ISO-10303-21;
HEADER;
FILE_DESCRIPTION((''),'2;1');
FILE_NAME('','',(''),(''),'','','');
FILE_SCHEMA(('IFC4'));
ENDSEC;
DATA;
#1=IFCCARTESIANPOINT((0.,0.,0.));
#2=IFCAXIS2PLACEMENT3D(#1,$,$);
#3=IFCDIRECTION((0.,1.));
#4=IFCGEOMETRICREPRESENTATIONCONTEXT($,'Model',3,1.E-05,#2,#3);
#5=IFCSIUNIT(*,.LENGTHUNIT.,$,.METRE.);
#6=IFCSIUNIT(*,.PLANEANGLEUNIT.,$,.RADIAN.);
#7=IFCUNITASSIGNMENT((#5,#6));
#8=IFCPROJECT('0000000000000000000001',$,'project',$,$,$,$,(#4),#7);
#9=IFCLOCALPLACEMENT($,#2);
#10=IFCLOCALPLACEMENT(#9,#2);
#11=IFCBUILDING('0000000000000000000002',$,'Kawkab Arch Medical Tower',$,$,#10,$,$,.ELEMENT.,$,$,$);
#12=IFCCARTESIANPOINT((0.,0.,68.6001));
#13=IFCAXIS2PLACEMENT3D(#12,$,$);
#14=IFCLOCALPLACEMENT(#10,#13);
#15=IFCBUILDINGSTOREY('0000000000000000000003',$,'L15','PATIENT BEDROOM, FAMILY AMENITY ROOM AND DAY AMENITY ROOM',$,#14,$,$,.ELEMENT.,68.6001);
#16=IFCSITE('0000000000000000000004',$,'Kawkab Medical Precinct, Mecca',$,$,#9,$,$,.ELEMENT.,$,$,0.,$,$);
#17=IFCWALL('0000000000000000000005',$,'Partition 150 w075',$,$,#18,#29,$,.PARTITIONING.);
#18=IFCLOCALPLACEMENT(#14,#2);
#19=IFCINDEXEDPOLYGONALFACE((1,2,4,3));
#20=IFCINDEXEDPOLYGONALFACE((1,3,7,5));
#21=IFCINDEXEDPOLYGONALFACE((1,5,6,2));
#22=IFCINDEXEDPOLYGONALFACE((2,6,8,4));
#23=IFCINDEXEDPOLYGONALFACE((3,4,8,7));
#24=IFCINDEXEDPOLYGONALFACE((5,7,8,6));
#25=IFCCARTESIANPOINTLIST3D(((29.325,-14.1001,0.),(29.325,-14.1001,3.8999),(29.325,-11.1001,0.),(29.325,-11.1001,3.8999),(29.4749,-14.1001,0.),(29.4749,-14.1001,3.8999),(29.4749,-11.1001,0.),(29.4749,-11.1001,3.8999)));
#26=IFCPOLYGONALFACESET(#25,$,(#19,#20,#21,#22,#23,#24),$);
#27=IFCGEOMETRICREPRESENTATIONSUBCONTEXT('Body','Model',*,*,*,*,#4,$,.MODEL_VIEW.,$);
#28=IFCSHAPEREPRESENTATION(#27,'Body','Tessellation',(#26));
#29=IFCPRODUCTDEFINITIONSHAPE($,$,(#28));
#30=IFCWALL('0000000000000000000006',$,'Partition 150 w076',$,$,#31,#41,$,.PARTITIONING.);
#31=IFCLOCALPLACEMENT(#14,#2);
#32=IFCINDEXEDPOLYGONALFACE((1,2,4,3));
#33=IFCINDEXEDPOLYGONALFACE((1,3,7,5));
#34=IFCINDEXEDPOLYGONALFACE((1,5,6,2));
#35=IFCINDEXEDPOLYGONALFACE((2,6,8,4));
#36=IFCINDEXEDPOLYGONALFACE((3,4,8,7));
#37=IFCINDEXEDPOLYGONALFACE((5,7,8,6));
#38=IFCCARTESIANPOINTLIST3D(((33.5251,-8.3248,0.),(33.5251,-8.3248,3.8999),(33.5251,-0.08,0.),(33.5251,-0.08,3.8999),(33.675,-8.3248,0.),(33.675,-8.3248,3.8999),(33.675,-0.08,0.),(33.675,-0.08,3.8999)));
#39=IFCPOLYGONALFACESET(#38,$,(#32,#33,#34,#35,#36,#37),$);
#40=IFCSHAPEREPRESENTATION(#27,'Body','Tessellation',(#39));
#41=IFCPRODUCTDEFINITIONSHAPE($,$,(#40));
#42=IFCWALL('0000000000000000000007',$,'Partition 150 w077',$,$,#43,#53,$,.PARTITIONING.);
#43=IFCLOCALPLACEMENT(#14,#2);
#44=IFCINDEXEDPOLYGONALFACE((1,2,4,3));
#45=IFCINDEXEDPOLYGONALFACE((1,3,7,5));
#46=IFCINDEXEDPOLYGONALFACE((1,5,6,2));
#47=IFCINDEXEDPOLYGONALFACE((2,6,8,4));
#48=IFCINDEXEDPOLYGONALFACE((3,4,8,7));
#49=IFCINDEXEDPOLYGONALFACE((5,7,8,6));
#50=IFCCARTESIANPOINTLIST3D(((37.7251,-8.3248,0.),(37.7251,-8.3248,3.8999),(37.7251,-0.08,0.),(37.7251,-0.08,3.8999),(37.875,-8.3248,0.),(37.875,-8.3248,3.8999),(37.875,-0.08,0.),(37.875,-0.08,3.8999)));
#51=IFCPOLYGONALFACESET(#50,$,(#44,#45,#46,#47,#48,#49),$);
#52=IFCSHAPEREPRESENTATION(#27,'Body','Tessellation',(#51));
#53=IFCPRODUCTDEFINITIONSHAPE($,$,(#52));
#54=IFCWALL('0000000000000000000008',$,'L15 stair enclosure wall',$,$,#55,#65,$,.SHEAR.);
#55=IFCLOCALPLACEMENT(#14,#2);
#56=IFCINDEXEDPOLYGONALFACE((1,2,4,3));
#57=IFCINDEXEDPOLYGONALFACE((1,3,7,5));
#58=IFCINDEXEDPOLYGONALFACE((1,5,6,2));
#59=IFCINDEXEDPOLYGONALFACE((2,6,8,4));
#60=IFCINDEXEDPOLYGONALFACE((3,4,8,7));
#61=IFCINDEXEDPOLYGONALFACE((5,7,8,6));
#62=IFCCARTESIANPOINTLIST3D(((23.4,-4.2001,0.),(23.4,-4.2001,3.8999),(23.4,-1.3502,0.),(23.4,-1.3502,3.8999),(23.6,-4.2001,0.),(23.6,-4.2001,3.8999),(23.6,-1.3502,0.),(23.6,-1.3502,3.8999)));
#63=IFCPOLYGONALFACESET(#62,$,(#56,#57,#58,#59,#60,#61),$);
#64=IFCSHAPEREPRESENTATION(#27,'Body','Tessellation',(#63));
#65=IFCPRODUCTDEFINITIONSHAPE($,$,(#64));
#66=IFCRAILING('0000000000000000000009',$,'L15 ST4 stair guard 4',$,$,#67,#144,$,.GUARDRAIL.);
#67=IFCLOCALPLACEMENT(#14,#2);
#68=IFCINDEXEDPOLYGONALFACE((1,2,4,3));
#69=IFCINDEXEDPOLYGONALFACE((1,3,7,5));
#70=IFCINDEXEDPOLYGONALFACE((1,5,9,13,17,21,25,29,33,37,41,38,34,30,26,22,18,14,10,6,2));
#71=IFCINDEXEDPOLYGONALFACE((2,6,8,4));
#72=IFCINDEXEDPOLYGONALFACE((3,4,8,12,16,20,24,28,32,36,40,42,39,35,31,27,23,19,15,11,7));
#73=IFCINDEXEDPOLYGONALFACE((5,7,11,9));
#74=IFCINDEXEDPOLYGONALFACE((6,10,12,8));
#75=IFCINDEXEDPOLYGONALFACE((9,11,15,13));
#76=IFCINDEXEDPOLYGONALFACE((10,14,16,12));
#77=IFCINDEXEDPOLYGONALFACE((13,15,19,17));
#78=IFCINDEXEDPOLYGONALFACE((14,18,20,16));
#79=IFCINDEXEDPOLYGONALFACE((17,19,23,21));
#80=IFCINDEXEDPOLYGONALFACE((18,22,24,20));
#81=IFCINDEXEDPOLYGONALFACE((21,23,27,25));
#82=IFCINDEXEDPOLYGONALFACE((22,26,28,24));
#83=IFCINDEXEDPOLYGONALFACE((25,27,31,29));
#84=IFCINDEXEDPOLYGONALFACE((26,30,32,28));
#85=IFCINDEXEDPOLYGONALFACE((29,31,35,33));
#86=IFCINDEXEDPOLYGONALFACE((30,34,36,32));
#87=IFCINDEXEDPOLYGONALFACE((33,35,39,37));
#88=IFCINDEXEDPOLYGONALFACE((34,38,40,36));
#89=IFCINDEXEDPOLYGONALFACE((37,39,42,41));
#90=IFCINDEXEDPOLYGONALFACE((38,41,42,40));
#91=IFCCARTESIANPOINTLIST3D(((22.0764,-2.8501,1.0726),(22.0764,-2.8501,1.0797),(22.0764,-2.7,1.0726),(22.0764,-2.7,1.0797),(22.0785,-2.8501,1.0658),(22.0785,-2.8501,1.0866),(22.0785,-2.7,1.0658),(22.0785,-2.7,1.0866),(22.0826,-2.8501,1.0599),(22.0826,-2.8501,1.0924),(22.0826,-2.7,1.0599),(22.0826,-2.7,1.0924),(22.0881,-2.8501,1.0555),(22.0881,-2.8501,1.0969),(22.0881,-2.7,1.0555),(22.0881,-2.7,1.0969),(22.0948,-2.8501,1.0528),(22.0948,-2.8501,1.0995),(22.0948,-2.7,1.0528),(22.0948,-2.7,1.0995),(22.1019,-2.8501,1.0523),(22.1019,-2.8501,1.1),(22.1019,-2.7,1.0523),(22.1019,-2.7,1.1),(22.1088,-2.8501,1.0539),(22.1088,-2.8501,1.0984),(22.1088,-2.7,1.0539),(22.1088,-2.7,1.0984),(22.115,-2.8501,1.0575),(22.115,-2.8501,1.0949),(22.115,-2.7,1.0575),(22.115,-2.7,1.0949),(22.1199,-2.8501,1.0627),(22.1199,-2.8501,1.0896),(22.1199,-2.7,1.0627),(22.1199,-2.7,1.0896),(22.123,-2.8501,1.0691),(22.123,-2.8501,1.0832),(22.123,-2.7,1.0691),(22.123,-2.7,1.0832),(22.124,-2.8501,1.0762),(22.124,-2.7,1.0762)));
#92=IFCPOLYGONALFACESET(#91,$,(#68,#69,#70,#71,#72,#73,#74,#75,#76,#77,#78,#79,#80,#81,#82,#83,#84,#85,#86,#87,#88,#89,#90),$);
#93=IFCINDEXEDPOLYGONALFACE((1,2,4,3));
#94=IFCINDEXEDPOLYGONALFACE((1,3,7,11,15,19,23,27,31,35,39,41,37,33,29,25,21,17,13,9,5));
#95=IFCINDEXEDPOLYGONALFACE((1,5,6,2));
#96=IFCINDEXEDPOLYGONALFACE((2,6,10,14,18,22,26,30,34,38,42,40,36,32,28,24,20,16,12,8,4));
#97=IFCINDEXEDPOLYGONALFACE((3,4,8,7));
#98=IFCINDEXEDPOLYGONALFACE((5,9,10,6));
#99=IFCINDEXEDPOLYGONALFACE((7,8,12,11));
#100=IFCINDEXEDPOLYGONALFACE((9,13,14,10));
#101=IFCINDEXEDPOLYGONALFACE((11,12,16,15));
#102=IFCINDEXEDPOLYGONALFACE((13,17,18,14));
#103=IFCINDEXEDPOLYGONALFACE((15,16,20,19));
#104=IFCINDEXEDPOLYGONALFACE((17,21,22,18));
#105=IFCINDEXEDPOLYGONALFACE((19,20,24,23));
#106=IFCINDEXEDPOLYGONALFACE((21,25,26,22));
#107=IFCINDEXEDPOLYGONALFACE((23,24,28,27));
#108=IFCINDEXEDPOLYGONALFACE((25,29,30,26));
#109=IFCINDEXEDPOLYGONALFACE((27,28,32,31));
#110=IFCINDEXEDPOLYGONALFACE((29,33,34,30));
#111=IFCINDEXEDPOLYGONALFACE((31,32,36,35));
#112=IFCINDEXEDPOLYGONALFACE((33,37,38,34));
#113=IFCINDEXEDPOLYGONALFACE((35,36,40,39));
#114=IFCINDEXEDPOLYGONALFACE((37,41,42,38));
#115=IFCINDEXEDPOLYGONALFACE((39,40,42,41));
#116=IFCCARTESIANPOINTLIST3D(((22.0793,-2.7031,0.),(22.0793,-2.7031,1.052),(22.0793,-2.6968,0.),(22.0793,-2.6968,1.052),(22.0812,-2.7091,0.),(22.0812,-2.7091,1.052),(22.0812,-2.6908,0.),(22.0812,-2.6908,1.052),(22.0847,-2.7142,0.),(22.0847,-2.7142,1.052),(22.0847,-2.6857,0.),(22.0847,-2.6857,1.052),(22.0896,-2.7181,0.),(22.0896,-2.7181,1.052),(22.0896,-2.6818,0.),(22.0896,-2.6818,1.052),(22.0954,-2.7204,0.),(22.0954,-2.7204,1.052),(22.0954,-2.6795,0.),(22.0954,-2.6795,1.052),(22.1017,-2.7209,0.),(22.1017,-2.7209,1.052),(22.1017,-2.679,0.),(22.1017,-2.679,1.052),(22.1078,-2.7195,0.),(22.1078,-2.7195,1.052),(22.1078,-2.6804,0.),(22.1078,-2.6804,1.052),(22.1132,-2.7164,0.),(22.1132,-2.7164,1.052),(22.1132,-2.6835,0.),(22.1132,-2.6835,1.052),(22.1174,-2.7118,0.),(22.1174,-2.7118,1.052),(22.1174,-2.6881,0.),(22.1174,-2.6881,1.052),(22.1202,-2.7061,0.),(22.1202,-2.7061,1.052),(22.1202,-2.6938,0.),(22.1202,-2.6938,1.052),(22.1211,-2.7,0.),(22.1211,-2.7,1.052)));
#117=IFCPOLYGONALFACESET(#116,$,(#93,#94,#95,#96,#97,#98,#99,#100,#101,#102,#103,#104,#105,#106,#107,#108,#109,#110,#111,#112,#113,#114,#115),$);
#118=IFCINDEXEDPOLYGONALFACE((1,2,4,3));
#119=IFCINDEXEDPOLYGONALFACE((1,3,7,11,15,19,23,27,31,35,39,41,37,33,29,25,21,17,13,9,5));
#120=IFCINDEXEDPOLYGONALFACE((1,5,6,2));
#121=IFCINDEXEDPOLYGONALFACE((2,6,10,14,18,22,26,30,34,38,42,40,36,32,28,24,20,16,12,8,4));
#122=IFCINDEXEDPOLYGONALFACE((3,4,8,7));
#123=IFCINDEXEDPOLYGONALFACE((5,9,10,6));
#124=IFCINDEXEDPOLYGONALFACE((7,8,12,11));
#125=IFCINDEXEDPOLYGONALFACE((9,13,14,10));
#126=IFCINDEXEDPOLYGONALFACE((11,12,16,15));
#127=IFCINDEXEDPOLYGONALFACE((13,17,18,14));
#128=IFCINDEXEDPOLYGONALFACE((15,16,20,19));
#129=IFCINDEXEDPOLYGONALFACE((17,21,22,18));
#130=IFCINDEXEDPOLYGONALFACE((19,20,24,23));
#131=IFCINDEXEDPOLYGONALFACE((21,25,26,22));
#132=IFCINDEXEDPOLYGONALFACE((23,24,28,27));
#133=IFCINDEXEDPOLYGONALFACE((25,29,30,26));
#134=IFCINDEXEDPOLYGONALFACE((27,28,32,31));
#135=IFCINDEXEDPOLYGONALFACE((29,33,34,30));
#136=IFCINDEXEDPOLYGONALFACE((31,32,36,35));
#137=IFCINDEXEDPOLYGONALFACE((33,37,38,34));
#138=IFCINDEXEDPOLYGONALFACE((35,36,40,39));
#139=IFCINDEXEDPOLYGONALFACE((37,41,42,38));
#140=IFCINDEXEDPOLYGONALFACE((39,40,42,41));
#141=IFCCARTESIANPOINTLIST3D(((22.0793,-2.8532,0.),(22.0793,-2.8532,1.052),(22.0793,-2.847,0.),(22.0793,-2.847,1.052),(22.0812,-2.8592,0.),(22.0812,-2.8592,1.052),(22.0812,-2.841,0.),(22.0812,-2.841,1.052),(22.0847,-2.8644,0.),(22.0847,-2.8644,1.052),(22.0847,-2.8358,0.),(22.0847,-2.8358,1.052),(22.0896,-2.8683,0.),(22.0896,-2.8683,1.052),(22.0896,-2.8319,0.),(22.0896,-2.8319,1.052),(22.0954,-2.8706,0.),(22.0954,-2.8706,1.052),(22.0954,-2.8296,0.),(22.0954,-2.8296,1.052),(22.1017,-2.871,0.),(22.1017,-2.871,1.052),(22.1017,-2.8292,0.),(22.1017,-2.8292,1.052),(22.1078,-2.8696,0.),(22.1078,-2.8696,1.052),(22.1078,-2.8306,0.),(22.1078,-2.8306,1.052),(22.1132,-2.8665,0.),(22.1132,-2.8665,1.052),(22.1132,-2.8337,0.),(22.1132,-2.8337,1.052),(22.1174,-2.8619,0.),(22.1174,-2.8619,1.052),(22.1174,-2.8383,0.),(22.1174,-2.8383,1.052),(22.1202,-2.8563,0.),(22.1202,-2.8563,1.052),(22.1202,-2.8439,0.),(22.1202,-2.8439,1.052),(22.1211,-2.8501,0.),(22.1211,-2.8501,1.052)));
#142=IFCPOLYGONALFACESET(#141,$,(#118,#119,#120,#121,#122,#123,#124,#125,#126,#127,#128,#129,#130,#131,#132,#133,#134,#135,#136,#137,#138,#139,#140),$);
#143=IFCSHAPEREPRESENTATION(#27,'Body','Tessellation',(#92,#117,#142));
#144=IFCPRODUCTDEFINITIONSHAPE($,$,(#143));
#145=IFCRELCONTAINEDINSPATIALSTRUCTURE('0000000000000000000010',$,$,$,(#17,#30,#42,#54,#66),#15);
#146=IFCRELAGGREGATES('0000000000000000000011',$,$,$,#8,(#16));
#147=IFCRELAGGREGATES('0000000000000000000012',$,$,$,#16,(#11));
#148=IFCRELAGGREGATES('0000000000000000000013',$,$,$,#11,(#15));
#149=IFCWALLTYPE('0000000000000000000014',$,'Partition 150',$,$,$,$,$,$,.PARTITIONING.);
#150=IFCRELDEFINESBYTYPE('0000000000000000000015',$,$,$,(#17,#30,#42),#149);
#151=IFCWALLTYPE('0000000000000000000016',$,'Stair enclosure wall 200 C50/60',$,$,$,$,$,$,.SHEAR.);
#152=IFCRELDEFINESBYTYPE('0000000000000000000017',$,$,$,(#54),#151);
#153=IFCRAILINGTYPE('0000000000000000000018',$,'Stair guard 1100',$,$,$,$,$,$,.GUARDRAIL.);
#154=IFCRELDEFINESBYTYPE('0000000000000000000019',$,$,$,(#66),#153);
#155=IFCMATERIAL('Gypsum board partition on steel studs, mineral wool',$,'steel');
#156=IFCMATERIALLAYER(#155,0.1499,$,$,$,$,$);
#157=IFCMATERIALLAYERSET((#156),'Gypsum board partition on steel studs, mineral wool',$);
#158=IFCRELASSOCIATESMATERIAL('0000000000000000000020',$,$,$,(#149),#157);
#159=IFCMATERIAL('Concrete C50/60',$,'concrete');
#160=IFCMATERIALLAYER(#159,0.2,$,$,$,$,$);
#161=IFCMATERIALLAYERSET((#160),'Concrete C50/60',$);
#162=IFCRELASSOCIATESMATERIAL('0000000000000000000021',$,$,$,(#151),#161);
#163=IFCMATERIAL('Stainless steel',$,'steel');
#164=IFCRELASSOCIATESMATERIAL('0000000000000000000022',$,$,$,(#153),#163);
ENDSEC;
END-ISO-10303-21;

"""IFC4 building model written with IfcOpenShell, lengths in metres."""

from ifc_helpers import new_model, si_unit, direction, frame, frame_2d, origin, origin_2d, place, context, subcontext, project, spatial, rectangle, circle, extrude, material, layer, layer_set, type_object, element, save


model = new_model("IFC4")

# Units and contexts
model_context = context("Model", 3, precision=1e-05, world=origin(), true_north=direction((0.0, 1.0)))
body_context = subcontext(model_context, "Body", "Model", "MODEL_VIEW")
ifc_project = project(units=[si_unit("LENGTHUNIT", "METRE"), si_unit("PLANEANGLEUNIT", "RADIAN")], contexts=[model_context])

# Site, building, storey
site_placement = place(None, origin())
site = spatial("IfcSite", under=ifc_project, at=site_placement, Name="Kawkab Medical Precinct, Mecca", CompositionType="ELEMENT", RefElevation=0.0)
building_placement = place(site_placement, origin())
building = spatial("IfcBuilding", under=site, at=building_placement, Name="Kawkab Arch Medical Tower", CompositionType="ELEMENT")
storey_placement = place(building_placement, frame((0.0, 0.0, 68.6001)))
storey = spatial("IfcBuildingStorey", under=building, at=storey_placement, Name="L15", Description="PATIENT BEDROOM, FAMILY AMENITY ROOM AND DAY AMENITY ROOM", CompositionType="ELEMENT", Elevation=68.6001)

# Shared definitions
ifc_material_1 = material(Name="Gypsum board partition on steel studs, mineral wool", Category="steel")
ifc_layer_1 = layer(ifc_material_1, 0.1499)
ifc_layer_set_1 = layer_set([ifc_layer_1], Name="Gypsum board partition on steel studs, mineral wool")
wall_type_1 = type_object("IfcWallType", Name="Partition 150", PredefinedType="PARTITIONING", material=ifc_layer_set_1)

# Walls
wall_1_placement = place(storey_placement, frame((29.3999, -14.1001, 0.0), z_axis=(0.0, 0.0, 1.0), x_axis=(0.0, 1.0, 0.0)))
element("IfcWall", 1, at=wall_1_placement, inside=storey, type_object=wall_type_1, Name="Partition 150 w075", PredefinedType="PARTITIONING", context=body_context, shape_type="SweptSolid", body=[
    extrude(rectangle(XDim=3.0, YDim=0.1499, at=frame_2d((1.5, 0.0))), origin(), (0.0, 0.0, 1.0), 3.8999),
])
for number, where, z_axis, x_axis, name in (
    (2, (33.6001, -8.325, 0.0), (0.0, 0.0, 1.0), (0.0, 1.0, 0.0), "Partition 150 w076"),
    (3, (37.8, -8.325, 0.0), (0.0, 0.0, 1.0), (0.0, 1.0, 0.0), "Partition 150 w077"),
):
    element("IfcWall", number, at=place(storey_placement, frame(where, z_axis=z_axis, x_axis=x_axis)), inside=storey, type_object=wall_type_1, Name=name, PredefinedType="PARTITIONING", context=body_context, shape_type="SweptSolid", body=[
        extrude(rectangle(XDim=8.2449, YDim=0.1499, at=frame_2d((4.1226, 0.0))), origin(), (0.0, 0.0, 1.0), 3.8999),
    ])
ifc_material_2 = material(Name="Concrete C50/60", Category="concrete")
ifc_layer_2 = layer(ifc_material_2, 0.2)
ifc_layer_set_2 = layer_set([ifc_layer_2], Name="Concrete C50/60")
wall_type_2 = type_object("IfcWallType", Name="Stair enclosure wall 200 C50/60", PredefinedType="SHEAR", material=ifc_layer_set_2)
wall_2_placement = place(storey_placement, frame((23.5, -4.2, 0.0), z_axis=(0.0, 0.0, 1.0), x_axis=(0.0, 1.0, 0.0)))
element("IfcWall", 4, at=wall_2_placement, inside=storey, type_object=wall_type_2, Name="L15 stair enclosure wall", PredefinedType="SHEAR", context=body_context, shape_type="SweptSolid", body=[
    extrude(rectangle(XDim=2.8499, YDim=0.2, at=frame_2d((1.4248, 0.0))), origin(), (0.0, 0.0, 1.0), 3.8999),
])

# Railing
ifc_material_3 = material(Name="Stainless steel", Category="steel")
railing_type = type_object("IfcRailingType", Name="Stair guard 1100", PredefinedType="GUARDRAIL", material=ifc_material_3)
railing_placement = place(storey_placement, frame((22.1001, -2.7, 0.0)))
element("IfcRailing", 5, at=railing_placement, inside=storey, type_object=railing_type, Name="L15 ST4 stair guard 4", PredefinedType="GUARDRAIL", context=body_context, shape_type="SweptSolid", body=[
    extrude(circle(Radius=0.0239, at=origin_2d()), frame((0.0, 0.0, 1.0762), z_axis=(0.0, -1.0, 0.0), x_axis=(1.0, 0.0, 0.0)), (0.0, 0.0, 1.0), 0.1501),
    extrude(circle(Radius=0.021, at=origin_2d()), origin(), (0.0, 0.0, 1.0), 1.052),
    extrude(circle(Radius=0.021, at=origin_2d()), frame((0.0, -0.1501, 0.0)), (0.0, 0.0, 1.0), 1.052),
])

save(model, "model.ifc")
